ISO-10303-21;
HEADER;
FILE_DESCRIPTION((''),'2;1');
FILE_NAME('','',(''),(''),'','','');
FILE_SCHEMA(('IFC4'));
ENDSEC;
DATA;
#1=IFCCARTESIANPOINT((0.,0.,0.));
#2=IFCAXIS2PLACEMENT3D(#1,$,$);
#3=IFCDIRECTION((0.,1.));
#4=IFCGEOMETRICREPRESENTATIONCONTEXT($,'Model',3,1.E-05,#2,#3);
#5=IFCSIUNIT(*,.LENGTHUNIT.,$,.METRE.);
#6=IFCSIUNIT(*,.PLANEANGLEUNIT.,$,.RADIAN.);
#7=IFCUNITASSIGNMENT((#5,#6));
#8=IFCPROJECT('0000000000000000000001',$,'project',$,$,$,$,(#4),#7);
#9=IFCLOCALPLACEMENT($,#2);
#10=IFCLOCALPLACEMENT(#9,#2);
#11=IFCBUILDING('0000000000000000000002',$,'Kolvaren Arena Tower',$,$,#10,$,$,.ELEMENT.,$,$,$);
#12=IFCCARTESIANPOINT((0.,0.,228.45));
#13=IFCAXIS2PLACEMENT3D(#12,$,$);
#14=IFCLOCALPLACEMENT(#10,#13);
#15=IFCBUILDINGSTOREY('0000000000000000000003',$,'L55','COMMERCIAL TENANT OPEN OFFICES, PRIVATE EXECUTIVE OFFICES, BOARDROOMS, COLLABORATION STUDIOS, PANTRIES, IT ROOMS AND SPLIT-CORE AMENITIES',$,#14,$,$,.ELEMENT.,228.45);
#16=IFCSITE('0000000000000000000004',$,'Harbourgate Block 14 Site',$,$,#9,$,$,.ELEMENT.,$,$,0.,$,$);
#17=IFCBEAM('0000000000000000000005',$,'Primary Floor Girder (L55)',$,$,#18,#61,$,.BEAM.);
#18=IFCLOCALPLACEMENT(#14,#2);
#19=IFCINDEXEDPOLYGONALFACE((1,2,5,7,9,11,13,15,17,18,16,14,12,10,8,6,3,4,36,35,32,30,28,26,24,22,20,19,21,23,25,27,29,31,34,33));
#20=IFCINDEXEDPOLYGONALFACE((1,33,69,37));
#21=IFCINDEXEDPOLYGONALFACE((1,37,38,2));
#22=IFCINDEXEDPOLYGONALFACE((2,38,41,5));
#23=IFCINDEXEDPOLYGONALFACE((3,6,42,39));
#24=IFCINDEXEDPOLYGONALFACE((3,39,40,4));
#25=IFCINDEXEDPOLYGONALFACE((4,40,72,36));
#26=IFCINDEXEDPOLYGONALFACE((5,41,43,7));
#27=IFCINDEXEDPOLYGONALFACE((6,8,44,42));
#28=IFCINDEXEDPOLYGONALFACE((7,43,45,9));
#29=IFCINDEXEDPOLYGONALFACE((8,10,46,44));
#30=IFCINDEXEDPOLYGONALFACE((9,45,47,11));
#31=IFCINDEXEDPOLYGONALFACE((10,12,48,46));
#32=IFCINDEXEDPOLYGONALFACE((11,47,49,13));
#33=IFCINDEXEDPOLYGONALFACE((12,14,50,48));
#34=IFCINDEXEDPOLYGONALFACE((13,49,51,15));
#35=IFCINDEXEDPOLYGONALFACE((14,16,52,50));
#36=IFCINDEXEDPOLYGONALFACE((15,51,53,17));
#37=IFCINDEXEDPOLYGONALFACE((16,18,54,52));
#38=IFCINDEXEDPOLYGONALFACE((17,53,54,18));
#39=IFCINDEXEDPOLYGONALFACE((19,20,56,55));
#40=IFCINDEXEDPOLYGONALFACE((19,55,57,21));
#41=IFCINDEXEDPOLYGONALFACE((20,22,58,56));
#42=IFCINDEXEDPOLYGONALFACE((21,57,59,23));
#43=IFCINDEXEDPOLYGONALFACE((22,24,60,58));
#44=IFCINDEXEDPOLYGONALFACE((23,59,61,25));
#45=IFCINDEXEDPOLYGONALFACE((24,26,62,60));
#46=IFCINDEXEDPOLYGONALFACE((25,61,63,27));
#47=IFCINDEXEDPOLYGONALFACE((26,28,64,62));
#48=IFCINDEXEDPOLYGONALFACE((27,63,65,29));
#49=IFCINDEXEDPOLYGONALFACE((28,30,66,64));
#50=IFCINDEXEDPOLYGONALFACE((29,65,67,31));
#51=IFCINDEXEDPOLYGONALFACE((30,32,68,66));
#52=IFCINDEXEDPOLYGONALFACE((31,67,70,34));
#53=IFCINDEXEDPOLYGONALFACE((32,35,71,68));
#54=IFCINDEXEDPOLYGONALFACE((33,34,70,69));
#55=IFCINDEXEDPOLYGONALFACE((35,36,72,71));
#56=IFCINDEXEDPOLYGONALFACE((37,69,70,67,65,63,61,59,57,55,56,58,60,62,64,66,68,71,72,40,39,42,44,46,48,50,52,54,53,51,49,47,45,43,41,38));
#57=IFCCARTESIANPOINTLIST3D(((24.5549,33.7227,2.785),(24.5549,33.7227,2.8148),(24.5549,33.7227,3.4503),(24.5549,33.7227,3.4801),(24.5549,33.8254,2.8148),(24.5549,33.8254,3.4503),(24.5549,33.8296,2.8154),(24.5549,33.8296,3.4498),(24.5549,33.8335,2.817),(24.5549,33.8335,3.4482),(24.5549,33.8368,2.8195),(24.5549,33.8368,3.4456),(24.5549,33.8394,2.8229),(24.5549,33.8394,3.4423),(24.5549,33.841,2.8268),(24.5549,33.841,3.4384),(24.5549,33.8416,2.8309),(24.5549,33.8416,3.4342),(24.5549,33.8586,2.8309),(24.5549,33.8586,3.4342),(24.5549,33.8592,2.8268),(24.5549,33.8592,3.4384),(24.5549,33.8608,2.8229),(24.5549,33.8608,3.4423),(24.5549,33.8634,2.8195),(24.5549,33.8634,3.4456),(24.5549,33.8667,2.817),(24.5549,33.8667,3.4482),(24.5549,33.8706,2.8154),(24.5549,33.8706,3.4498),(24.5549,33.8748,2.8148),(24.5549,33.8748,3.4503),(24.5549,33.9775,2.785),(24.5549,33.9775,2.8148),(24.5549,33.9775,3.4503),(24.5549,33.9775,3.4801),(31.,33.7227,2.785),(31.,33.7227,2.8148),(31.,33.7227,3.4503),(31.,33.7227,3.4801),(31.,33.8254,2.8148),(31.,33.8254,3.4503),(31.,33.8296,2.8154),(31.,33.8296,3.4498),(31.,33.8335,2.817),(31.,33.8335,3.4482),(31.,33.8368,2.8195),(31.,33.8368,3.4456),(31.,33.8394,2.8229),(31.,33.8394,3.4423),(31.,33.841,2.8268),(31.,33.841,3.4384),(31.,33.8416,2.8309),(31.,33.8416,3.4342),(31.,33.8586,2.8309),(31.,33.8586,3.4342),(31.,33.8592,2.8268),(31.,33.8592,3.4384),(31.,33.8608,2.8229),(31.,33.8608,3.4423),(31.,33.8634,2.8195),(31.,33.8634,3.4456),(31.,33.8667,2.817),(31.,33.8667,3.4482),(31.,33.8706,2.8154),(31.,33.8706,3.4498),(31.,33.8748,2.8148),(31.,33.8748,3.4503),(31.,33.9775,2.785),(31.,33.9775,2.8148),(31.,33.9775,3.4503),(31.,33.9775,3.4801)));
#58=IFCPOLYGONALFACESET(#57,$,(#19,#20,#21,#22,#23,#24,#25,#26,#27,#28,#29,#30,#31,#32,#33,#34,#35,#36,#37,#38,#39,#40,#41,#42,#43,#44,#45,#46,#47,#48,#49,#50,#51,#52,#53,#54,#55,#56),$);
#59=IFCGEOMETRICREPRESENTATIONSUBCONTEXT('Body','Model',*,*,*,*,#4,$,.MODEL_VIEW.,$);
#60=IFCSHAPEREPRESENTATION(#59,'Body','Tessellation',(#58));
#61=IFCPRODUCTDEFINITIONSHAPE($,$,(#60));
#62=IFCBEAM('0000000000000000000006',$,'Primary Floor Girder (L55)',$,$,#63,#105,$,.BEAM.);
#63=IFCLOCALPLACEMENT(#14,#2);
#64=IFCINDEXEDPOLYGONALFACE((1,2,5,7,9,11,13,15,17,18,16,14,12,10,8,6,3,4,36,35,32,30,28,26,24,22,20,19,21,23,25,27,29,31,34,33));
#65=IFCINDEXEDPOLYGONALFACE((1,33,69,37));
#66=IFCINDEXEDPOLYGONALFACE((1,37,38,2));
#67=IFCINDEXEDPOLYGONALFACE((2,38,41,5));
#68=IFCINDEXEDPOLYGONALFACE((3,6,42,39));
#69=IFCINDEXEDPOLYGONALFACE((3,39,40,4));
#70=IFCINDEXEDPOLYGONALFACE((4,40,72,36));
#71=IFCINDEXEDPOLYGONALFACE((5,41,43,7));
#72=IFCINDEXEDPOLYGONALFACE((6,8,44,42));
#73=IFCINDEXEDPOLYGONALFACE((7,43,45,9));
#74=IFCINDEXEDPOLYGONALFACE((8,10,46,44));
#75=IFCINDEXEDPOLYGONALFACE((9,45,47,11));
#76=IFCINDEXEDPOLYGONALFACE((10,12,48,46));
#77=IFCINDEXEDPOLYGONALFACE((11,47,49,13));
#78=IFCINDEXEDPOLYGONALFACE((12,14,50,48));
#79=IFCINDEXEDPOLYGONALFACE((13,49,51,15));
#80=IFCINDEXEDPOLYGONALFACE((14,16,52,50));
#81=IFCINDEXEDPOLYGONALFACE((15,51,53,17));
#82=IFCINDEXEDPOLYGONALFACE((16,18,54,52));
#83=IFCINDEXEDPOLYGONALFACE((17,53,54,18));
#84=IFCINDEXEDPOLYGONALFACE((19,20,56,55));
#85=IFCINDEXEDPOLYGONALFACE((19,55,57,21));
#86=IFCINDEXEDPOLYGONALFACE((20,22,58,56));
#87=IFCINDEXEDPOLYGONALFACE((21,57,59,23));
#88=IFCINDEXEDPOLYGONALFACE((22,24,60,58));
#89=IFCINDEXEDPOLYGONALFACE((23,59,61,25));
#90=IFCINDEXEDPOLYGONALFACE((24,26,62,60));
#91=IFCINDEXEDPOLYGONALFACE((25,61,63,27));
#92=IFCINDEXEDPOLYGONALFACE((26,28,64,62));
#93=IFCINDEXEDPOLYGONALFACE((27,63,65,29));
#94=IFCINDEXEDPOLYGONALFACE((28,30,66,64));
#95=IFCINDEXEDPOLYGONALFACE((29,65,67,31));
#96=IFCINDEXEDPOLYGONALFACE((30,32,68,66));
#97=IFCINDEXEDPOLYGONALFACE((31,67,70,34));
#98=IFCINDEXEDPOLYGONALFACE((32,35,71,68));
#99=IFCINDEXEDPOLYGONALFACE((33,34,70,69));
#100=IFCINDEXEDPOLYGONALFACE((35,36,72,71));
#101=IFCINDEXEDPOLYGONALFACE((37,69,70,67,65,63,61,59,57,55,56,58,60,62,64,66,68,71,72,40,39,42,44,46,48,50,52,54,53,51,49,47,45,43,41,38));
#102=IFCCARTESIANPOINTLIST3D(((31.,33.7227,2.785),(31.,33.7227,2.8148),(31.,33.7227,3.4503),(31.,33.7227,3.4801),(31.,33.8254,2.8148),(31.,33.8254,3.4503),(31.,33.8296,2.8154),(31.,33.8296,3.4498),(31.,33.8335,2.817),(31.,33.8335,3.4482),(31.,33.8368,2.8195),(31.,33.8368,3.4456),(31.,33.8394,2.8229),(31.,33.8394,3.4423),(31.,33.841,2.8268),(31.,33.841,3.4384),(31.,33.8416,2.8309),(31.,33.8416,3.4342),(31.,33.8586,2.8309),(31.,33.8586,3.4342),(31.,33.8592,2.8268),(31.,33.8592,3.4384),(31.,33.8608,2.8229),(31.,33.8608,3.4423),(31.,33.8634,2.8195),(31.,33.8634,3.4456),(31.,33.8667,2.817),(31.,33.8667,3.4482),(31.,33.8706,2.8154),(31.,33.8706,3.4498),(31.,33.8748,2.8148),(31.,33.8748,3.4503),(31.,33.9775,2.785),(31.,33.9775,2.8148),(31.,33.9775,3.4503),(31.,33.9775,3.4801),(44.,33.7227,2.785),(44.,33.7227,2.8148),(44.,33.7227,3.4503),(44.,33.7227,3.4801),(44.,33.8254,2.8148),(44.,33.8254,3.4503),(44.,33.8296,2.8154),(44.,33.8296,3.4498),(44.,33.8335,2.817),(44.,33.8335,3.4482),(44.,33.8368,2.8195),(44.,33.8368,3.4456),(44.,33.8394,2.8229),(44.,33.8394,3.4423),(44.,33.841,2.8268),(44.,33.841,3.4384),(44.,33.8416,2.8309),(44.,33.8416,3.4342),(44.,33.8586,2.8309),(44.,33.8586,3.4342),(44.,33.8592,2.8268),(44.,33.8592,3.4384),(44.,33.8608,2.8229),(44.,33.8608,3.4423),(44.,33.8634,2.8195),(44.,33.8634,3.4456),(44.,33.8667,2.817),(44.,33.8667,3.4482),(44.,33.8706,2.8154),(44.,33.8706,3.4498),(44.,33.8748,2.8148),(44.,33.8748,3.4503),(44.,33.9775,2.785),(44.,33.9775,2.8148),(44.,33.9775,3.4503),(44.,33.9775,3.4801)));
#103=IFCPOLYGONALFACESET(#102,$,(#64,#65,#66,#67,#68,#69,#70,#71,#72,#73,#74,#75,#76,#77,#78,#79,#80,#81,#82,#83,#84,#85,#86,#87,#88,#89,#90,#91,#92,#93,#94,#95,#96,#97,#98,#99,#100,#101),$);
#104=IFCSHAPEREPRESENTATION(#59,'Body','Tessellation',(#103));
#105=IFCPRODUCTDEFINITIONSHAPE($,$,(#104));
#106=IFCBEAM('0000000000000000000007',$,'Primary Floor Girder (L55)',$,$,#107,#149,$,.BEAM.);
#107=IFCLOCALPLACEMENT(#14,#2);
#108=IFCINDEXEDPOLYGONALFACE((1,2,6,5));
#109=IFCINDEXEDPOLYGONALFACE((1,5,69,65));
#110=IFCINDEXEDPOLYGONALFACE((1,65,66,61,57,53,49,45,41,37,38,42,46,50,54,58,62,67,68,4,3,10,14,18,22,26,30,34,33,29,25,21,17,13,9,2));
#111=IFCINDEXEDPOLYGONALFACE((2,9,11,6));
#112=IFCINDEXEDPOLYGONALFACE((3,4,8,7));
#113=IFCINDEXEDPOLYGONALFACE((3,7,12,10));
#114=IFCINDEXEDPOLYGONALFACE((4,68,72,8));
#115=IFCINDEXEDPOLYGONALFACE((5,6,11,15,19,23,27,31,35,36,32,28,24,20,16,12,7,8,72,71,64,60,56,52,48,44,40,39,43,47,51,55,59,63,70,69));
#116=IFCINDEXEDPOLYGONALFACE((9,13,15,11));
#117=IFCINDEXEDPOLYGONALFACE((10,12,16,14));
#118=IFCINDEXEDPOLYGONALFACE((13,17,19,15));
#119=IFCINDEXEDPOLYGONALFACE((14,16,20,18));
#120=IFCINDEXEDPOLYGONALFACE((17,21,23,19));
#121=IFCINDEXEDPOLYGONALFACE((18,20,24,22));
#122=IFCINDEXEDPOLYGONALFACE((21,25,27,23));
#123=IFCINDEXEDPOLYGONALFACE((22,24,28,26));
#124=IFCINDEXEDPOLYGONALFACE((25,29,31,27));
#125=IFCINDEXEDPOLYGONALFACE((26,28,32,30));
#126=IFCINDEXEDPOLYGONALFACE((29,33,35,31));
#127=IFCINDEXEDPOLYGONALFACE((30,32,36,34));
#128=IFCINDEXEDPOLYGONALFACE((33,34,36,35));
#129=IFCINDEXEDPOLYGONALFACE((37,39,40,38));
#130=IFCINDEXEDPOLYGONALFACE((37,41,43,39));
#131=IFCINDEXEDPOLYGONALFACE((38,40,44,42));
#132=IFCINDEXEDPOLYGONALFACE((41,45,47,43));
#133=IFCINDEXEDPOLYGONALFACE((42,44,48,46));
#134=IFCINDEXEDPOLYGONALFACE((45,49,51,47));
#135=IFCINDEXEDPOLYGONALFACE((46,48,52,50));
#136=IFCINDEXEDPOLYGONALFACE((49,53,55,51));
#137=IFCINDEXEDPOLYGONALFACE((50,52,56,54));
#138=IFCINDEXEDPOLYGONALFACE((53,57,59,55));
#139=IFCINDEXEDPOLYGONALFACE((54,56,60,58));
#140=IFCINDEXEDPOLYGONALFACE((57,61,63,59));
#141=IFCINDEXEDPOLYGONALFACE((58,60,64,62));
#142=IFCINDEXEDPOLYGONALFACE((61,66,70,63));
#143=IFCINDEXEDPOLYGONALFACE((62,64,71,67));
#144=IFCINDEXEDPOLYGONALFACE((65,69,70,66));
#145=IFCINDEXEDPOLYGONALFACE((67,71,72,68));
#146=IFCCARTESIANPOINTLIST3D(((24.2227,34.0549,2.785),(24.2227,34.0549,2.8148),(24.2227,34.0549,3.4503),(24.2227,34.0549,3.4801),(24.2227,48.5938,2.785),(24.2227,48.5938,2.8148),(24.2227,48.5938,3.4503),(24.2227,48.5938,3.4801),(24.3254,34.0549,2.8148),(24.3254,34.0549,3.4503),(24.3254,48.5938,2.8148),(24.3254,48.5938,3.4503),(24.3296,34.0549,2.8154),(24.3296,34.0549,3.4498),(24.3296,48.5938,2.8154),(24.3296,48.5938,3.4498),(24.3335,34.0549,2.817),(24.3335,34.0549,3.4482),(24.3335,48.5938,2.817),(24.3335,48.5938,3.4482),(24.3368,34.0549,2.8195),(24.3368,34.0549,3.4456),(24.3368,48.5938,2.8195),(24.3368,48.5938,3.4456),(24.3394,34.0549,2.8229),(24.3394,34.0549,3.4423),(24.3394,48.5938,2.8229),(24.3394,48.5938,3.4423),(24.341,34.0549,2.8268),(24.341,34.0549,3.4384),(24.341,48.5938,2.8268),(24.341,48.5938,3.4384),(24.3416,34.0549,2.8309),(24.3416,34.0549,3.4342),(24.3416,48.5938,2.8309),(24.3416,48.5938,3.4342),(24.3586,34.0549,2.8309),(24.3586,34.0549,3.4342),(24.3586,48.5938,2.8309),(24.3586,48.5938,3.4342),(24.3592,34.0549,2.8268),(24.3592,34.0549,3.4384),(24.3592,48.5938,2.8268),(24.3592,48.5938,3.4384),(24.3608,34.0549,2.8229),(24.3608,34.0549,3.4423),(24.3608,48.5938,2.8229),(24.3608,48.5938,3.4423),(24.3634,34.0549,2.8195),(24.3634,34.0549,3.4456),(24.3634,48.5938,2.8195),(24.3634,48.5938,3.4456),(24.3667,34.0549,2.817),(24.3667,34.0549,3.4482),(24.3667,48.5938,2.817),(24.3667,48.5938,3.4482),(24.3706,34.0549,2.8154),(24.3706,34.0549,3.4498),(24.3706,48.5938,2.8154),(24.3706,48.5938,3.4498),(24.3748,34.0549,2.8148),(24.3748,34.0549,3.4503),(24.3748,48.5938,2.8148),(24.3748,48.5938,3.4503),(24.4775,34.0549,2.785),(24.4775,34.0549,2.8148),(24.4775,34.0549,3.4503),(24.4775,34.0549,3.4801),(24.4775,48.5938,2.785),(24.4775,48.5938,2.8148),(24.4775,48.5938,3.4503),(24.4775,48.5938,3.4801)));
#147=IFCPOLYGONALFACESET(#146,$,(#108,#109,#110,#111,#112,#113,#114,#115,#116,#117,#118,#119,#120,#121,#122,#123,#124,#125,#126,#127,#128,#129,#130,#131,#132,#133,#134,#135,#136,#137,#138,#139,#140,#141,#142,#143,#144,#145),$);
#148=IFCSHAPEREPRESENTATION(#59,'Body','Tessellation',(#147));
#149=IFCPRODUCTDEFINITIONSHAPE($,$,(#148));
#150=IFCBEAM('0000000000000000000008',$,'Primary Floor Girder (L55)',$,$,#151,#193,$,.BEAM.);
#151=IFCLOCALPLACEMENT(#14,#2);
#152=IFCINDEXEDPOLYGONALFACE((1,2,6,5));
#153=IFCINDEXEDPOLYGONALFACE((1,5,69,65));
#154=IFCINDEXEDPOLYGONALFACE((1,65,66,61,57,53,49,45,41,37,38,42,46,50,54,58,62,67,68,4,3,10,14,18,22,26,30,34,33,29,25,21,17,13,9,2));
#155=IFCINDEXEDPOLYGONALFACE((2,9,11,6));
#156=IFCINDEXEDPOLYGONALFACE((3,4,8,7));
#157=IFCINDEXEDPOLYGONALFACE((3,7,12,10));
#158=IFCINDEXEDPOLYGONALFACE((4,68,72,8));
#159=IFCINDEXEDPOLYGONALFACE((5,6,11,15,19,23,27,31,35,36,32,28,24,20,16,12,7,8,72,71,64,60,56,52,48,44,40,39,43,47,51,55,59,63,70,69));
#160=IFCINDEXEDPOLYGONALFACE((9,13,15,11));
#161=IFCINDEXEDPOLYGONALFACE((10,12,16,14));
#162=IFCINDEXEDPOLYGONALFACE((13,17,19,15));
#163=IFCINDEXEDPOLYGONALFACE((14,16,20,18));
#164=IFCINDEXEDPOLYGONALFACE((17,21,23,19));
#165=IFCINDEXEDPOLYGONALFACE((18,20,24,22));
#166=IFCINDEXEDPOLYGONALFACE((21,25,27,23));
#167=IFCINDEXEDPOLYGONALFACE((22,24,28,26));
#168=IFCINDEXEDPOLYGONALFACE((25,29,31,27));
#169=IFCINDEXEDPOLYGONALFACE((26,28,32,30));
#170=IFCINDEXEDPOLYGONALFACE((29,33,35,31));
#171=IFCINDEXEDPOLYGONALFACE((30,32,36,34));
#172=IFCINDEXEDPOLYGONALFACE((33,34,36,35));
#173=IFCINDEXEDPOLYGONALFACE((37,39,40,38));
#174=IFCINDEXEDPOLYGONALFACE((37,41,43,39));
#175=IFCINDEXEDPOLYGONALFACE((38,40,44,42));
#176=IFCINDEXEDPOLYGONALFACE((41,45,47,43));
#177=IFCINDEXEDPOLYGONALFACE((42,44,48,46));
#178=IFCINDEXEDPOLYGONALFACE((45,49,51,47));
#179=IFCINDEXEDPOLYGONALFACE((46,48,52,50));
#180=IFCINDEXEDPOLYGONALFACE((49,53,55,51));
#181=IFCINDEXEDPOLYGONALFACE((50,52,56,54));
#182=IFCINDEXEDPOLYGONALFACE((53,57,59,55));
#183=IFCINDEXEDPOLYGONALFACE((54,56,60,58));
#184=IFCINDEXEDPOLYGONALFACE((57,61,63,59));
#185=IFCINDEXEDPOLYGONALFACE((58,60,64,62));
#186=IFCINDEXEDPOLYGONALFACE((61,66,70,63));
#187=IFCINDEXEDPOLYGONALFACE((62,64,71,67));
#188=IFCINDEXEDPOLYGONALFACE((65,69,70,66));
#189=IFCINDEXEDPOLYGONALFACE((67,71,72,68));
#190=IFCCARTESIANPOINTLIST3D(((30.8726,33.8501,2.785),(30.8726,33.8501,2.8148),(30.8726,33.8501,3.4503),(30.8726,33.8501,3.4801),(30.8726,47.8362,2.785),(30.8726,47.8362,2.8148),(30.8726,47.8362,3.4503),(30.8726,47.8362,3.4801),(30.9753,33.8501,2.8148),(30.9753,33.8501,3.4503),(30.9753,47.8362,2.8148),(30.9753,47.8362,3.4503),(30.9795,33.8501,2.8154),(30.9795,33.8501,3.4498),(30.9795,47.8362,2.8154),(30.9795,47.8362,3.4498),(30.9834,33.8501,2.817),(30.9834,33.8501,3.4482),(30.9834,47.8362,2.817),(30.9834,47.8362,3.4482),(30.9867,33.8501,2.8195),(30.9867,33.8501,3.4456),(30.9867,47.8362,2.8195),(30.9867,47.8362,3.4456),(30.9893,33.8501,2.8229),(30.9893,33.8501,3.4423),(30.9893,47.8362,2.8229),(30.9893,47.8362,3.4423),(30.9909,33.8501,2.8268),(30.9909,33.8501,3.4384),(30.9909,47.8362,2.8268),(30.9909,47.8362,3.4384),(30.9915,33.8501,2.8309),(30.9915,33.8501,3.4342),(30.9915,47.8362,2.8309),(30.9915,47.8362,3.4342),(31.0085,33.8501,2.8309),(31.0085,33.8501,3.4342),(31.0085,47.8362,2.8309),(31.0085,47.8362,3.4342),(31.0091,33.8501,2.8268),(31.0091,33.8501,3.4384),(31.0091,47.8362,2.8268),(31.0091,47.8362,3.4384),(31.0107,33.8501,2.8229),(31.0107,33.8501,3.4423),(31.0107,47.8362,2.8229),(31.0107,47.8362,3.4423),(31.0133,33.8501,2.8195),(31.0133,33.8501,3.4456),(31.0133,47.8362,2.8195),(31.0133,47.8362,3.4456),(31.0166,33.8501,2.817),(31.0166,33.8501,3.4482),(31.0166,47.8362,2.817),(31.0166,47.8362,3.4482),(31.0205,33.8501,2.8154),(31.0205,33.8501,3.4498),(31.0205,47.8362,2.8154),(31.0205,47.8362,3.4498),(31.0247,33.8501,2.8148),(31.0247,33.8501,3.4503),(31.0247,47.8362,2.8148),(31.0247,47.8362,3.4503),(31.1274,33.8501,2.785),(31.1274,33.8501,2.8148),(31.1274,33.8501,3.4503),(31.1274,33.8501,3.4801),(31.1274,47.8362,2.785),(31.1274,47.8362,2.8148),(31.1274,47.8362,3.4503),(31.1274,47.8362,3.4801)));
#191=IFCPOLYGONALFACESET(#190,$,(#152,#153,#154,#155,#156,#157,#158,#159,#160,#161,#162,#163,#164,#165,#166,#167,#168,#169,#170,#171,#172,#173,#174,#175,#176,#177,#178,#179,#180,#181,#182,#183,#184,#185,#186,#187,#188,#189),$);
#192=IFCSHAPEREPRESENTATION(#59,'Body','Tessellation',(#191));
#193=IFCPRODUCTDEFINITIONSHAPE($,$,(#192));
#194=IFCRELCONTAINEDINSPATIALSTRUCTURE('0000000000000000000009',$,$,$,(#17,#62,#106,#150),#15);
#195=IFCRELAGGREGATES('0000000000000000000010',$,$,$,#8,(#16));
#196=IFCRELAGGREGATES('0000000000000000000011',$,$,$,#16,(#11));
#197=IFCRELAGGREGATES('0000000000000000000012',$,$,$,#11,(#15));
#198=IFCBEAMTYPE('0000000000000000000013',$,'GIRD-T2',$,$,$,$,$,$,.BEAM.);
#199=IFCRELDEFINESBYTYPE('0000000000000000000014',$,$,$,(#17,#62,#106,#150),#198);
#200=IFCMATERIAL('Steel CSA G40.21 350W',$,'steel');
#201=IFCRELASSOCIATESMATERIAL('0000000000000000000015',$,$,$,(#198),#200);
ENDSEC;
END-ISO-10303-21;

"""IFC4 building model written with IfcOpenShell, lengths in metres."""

from ifc_helpers import new_model, si_unit, direction, frame, origin, origin_2d, place, context, subcontext, project, spatial, i_section, extrude, material, material_profile, profile_set, type_object, element, save


model = new_model("IFC4")

# Units and contexts
model_context = context("Model", 3, precision=1e-05, world=origin(), true_north=direction((0.0, 1.0)))
body_context = subcontext(model_context, "Body", "Model", "MODEL_VIEW")
ifc_project = project(units=[si_unit("LENGTHUNIT", "METRE"), si_unit("PLANEANGLEUNIT", "RADIAN")], contexts=[model_context])

# Site, building, storey
site_placement = place(None, origin())
site = spatial("IfcSite", under=ifc_project, at=site_placement, Name="Harbourgate Block 14 Site", CompositionType="ELEMENT", RefElevation=0.0)
building_placement = place(site_placement, origin())
building = spatial("IfcBuilding", under=site, at=building_placement, Name="Kolvaren Arena Tower", CompositionType="ELEMENT")
storey_placement = place(building_placement, frame((0.0, 0.0, 228.45)))
storey = spatial("IfcBuildingStorey", under=building, at=storey_placement, Name="L55", Description="COMMERCIAL TENANT OPEN OFFICES, PRIVATE EXECUTIVE OFFICES, BOARDROOMS, COLLABORATION STUDIOS, PANTRIES, IT ROOMS AND SPLIT-CORE AMENITIES", CompositionType="ELEMENT", Elevation=228.45)

# Beams
ifc_material_1 = material(Name="Steel CSA G40.21 350W", Category="steel")
ifc_material_profile_1 = material_profile(ifc_material_1, i_section(OverallWidth=0.2549, OverallDepth=0.6951, WebThickness=0.0171, FlangeThickness=0.0298, FilletRadius=0.0161, at=origin_2d()), Name="W690x217")
ifc_profile_set_1 = profile_set([ifc_material_profile_1], Name="Steel CSA G40.21 350W")
beam_type_1 = type_object("IfcBeamType", Name="GIRD-T2", PredefinedType="BEAM", material=ifc_profile_set_1)
beam_1_placement = place(storey_placement, frame((24.5549, 33.8501, 3.1326), z_axis=(1.0, 0.0, 0.0), x_axis=(0.0, 1.0, 0.0)))
element("IfcBeam", 1, at=beam_1_placement, inside=storey, type_object=beam_type_1, Name="Primary Floor Girder (L55)", PredefinedType="BEAM", context=body_context, shape_type="SweptSolid", body=[
    extrude(i_section(OverallWidth=0.2549, OverallDepth=0.6951, WebThickness=0.0171, FlangeThickness=0.0298, FilletRadius=0.0161, at=origin_2d()), origin(), (0.0, 0.0, 1.0), 6.4451),
])
beam_2_placement = place(storey_placement, frame((31.0, 33.8501, 3.1326), z_axis=(1.0, 0.0, 0.0), x_axis=(0.0, 1.0, 0.0)))
element("IfcBeam", 2, at=beam_2_placement, inside=storey, type_object=beam_type_1, Name="Primary Floor Girder (L55)", PredefinedType="BEAM", context=body_context, shape_type="SweptSolid", body=[
    extrude(i_section(OverallWidth=0.2549, OverallDepth=0.6951, WebThickness=0.0171, FlangeThickness=0.0298, FilletRadius=0.0161, at=origin_2d()), origin(), (0.0, 0.0, 1.0), 13.0),
])
beam_3_placement = place(storey_placement, frame((24.3501, 34.0549, 3.1326), z_axis=(0.0, 1.0, 0.0), x_axis=(-1.0, 0.0, 0.0)))
element("IfcBeam", 3, at=beam_3_placement, inside=storey, type_object=beam_type_1, Name="Primary Floor Girder (L55)", PredefinedType="BEAM", context=body_context, shape_type="SweptSolid", body=[
    extrude(i_section(OverallWidth=0.2549, OverallDepth=0.6951, WebThickness=0.0171, FlangeThickness=0.0298, FilletRadius=0.0161, at=origin_2d()), origin(), (0.0, 0.0, 1.0), 14.5388),
])
beam_4_placement = place(storey_placement, frame((31.0, 33.8501, 3.1326), z_axis=(0.0, 1.0, 0.0), x_axis=(-1.0, 0.0, 0.0)))
element("IfcBeam", 4, at=beam_4_placement, inside=storey, type_object=beam_type_1, Name="Primary Floor Girder (L55)", PredefinedType="BEAM", context=body_context, shape_type="SweptSolid", body=[
    extrude(i_section(OverallWidth=0.2549, OverallDepth=0.6951, WebThickness=0.0171, FlangeThickness=0.0298, FilletRadius=0.0161, at=origin_2d()), origin(), (0.0, 0.0, 1.0), 13.9861),
])

save(model, "model.ifc")
